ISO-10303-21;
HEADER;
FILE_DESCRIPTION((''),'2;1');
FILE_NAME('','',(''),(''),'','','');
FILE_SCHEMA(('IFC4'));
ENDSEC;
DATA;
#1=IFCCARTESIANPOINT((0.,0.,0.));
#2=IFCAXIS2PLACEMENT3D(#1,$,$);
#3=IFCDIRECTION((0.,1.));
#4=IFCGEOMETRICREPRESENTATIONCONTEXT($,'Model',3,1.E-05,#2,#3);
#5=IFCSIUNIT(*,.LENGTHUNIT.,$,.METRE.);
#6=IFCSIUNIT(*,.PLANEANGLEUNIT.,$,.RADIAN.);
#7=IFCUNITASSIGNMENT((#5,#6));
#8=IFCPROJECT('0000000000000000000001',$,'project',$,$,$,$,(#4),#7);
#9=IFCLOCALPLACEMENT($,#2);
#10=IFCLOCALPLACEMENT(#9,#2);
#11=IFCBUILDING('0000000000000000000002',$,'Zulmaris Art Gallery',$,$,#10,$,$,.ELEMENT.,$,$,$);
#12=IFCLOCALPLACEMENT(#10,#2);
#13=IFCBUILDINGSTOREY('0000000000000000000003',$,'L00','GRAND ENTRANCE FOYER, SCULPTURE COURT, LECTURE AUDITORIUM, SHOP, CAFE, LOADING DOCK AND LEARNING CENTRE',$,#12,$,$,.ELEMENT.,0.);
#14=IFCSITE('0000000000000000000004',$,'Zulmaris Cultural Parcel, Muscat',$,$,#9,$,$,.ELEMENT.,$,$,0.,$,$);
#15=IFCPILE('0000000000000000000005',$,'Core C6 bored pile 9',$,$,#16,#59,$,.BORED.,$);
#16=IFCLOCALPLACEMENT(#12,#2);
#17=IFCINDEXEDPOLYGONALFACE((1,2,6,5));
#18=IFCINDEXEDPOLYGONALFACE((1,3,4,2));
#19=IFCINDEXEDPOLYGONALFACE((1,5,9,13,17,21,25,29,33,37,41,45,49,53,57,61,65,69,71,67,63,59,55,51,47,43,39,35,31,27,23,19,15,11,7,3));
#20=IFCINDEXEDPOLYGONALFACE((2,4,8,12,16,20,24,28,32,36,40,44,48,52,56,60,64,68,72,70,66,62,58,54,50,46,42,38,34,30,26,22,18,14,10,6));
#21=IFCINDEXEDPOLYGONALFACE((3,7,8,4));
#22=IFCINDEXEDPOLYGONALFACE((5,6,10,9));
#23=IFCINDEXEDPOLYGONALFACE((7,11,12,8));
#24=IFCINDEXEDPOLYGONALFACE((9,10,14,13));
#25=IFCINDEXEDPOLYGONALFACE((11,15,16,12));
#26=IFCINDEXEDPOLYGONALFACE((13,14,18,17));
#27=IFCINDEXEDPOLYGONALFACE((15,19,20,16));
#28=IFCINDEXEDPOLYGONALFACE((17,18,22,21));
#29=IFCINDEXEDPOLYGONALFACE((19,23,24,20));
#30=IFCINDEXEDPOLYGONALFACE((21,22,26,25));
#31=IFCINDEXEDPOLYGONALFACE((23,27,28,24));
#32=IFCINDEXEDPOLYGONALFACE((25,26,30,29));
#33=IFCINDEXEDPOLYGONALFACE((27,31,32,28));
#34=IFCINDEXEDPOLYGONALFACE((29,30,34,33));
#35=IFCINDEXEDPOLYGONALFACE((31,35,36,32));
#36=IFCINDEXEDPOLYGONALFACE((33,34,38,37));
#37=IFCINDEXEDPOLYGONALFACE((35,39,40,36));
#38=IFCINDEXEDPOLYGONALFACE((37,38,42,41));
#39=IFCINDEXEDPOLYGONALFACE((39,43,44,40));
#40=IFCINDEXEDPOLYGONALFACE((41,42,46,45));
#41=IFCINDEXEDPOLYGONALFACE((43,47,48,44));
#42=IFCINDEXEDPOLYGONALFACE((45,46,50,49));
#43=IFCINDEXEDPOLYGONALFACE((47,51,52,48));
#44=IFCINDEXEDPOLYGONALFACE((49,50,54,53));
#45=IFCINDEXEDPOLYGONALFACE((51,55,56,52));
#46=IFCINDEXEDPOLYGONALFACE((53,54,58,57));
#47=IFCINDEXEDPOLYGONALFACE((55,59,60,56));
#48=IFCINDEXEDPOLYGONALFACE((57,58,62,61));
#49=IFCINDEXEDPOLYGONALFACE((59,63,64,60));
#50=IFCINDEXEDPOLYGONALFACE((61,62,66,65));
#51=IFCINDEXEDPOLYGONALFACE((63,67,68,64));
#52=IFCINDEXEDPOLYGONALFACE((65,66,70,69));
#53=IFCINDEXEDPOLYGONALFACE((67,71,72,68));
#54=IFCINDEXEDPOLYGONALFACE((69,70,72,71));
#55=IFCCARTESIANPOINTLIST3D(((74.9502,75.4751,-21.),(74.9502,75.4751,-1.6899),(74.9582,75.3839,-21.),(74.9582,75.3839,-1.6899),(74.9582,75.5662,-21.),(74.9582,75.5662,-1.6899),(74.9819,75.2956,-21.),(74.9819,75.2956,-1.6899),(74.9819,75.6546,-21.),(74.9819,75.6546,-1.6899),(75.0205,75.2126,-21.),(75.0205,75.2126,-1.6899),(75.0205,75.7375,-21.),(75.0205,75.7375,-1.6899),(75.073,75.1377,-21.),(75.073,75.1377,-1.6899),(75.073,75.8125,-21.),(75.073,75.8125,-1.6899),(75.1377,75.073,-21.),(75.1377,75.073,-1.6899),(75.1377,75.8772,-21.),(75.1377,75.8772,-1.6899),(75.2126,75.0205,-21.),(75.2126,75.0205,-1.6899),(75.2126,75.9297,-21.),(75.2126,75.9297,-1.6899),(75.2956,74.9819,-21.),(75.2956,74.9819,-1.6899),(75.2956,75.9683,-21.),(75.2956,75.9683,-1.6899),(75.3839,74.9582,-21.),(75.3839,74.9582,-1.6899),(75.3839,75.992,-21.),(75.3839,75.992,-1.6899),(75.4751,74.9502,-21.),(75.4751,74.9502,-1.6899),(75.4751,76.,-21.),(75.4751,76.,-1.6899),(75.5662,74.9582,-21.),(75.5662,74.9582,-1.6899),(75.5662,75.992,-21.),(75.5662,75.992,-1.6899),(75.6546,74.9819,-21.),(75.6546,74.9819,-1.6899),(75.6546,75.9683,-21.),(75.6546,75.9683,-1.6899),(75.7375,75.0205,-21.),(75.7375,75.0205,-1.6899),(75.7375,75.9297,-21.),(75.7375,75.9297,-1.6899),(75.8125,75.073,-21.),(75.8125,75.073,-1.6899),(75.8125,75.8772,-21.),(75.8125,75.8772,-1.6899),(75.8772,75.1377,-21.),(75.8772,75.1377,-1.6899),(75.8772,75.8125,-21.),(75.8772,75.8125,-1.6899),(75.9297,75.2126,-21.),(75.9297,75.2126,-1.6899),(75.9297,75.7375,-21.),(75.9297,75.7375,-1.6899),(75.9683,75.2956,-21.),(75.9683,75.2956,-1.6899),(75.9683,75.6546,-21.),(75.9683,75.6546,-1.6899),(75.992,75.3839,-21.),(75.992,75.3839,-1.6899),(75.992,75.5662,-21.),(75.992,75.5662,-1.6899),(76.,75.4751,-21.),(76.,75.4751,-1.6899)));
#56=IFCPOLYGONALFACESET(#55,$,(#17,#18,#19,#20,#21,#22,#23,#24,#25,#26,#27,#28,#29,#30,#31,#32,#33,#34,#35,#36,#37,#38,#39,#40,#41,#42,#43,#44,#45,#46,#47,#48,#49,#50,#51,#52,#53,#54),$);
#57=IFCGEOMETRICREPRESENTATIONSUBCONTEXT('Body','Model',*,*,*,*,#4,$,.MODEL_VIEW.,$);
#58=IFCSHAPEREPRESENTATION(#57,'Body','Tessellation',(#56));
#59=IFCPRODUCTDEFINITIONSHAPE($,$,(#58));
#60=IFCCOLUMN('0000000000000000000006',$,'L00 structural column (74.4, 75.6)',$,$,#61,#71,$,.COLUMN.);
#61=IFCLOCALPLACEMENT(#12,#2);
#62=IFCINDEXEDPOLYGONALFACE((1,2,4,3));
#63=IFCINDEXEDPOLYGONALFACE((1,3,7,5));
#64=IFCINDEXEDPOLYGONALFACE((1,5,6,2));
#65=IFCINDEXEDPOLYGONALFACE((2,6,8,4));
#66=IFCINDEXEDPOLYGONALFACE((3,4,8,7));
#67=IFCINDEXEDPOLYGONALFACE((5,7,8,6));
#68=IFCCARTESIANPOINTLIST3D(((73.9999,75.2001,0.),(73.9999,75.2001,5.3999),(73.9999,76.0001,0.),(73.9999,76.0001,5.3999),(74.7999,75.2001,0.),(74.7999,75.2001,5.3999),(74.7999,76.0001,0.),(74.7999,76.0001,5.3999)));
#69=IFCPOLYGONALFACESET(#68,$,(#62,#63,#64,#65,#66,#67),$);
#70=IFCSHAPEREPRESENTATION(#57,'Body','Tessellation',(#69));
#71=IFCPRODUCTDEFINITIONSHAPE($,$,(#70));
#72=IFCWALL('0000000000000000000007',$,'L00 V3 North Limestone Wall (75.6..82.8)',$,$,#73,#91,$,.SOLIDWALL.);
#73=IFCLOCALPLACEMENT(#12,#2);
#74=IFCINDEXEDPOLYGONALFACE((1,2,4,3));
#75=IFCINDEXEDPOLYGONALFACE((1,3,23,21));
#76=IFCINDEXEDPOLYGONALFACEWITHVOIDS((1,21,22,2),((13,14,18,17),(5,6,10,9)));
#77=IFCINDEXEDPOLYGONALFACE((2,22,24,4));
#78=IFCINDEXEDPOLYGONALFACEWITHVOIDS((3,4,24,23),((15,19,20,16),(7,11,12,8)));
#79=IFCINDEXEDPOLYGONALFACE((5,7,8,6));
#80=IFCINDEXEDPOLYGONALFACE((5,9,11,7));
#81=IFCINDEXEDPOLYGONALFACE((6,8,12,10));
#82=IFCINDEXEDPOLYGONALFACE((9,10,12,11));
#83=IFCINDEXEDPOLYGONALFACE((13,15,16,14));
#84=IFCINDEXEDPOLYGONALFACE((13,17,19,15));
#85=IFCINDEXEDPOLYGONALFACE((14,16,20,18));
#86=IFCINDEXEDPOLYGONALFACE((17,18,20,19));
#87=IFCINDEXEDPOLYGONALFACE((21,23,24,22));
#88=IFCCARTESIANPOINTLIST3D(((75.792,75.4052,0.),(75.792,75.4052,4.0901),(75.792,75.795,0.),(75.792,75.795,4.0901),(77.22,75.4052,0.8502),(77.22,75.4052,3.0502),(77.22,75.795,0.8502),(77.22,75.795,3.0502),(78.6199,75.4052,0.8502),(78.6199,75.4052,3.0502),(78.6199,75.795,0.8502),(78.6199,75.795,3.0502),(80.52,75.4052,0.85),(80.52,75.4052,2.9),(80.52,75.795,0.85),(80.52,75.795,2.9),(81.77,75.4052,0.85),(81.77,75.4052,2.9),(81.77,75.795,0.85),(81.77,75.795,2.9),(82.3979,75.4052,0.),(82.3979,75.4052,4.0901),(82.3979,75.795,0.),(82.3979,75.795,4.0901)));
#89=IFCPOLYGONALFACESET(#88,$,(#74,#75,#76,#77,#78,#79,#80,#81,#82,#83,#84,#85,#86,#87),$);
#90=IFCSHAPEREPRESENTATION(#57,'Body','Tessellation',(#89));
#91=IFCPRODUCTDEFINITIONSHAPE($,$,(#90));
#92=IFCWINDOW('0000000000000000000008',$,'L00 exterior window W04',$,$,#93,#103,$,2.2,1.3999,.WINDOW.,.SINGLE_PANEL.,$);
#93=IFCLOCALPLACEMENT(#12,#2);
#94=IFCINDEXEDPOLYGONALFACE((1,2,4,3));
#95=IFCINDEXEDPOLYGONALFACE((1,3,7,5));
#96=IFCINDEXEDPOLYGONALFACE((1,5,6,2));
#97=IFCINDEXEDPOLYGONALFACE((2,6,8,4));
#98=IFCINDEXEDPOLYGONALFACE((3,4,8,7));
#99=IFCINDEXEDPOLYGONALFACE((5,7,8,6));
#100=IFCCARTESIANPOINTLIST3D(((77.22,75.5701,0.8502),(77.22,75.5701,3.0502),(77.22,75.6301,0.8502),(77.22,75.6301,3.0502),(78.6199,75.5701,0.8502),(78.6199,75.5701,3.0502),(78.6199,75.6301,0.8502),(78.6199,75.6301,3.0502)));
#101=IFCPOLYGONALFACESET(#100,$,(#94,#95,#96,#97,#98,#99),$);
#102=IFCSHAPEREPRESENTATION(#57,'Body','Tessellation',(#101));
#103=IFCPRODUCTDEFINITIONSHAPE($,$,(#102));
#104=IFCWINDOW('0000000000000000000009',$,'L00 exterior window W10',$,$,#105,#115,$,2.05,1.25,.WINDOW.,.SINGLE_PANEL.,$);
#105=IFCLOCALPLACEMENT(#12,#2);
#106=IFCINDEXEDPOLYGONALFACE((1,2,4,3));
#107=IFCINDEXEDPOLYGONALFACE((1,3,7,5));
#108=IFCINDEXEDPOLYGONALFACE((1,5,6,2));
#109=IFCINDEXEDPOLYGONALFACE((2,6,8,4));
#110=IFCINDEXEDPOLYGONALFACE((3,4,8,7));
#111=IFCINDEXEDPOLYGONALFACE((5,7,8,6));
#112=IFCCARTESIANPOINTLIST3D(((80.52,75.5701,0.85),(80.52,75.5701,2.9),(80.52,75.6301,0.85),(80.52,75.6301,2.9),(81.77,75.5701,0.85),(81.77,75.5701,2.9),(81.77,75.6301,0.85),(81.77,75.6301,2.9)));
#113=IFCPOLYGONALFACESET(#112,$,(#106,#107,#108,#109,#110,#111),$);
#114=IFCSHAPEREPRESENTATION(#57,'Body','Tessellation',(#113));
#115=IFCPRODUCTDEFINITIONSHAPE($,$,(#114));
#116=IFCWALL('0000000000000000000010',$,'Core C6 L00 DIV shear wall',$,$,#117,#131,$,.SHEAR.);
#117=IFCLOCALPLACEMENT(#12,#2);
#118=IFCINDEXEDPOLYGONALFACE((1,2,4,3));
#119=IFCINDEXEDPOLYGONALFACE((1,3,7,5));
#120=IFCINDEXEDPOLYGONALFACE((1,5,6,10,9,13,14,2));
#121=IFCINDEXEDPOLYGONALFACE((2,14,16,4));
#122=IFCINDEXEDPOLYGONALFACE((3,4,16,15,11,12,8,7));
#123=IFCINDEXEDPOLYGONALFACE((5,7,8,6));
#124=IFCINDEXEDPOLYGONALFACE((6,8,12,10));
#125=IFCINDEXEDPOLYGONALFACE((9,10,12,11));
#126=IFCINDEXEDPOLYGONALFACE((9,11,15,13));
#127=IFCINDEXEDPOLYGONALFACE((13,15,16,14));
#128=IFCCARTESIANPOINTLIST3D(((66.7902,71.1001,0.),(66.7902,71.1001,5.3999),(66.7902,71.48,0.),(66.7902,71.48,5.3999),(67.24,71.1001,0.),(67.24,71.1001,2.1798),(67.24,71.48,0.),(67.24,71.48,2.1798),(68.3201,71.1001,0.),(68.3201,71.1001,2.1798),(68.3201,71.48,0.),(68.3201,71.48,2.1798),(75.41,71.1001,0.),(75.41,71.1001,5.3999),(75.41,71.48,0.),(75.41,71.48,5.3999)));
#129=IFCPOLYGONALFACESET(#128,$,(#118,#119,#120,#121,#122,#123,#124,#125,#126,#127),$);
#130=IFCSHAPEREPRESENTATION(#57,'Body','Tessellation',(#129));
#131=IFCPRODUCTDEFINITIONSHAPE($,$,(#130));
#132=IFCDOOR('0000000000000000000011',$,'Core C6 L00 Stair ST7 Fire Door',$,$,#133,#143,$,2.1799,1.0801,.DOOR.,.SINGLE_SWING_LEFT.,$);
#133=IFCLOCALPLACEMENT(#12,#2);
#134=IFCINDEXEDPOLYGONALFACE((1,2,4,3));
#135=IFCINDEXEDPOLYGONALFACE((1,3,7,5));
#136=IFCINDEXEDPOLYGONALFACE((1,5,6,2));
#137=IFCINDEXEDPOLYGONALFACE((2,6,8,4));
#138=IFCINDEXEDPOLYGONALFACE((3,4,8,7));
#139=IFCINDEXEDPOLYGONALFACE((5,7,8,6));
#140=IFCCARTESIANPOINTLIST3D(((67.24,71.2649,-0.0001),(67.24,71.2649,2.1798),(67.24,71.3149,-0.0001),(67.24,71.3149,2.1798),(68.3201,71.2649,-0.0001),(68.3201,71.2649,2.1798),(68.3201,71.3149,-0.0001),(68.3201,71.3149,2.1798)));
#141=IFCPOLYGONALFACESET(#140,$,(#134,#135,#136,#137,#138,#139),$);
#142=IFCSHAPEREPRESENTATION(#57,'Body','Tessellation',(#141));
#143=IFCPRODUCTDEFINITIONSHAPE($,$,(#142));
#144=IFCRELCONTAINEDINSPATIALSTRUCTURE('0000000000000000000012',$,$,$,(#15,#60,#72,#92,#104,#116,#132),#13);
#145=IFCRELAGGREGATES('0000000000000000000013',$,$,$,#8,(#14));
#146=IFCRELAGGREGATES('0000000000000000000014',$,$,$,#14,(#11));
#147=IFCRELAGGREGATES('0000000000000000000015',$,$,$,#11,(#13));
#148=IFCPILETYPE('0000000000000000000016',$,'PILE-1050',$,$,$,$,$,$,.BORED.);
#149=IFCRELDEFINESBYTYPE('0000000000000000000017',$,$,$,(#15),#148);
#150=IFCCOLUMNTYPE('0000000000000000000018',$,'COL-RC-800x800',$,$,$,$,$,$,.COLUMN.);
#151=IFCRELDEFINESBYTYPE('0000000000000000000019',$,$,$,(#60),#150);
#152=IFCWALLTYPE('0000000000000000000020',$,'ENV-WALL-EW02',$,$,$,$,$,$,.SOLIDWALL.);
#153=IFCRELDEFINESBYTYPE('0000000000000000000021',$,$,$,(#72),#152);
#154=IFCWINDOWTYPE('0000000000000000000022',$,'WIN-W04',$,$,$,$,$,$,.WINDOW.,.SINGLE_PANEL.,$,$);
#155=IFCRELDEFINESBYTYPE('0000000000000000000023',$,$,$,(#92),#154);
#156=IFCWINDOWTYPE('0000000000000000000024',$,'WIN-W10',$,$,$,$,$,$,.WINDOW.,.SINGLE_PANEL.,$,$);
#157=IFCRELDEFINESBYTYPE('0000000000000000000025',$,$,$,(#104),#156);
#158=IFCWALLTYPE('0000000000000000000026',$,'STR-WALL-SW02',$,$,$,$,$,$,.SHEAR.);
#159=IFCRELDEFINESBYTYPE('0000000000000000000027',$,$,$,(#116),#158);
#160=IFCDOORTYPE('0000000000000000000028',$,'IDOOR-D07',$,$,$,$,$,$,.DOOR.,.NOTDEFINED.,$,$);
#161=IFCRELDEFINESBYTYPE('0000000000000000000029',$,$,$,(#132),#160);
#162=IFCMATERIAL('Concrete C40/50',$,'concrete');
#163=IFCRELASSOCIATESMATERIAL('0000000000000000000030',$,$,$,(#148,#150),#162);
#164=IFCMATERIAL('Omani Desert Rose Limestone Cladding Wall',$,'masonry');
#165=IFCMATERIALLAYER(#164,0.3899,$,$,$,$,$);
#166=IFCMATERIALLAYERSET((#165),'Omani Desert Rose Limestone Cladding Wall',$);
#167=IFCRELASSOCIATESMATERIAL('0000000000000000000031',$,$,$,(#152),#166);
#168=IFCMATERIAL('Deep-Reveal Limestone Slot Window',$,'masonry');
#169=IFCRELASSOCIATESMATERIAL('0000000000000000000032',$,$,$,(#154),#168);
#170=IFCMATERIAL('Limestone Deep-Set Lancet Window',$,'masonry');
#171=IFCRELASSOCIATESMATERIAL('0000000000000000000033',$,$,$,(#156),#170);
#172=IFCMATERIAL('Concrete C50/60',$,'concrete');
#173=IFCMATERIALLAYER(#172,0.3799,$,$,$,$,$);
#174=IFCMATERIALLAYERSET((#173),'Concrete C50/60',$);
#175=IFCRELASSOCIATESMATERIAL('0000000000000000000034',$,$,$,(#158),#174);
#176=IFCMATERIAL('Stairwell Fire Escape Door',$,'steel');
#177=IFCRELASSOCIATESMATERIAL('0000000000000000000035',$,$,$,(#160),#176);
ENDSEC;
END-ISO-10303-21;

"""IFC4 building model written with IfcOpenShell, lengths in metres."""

from ifc_helpers import new_model, si_unit, direction, frame, frame_2d, origin, origin_2d, place, context, subcontext, project, spatial, rectangle, circle, extrude, material, layer, layer_set, material_profile, profile_set, type_object, element, fill, save


model = new_model("IFC4")

# Units and contexts
model_context = context("Model", 3, precision=1e-05, world=origin(), true_north=direction((0.0, 1.0)))
body_context = subcontext(model_context, "Body", "Model", "MODEL_VIEW")
ifc_project = project(units=[si_unit("LENGTHUNIT", "METRE"), si_unit("PLANEANGLEUNIT", "RADIAN")], contexts=[model_context])

# Site, building, storey
site_placement = place(None, origin())
site = spatial("IfcSite", under=ifc_project, at=site_placement, Name="Zulmaris Cultural Parcel, Muscat", CompositionType="ELEMENT", RefElevation=0.0)
building_placement = place(site_placement, origin())
building = spatial("IfcBuilding", under=site, at=building_placement, Name="Zulmaris Art Gallery", CompositionType="ELEMENT")
storey_placement = place(building_placement, origin())
storey = spatial("IfcBuildingStorey", under=building, at=storey_placement, Name="L00", Description="GRAND ENTRANCE FOYER, SCULPTURE COURT, LECTURE AUDITORIUM, SHOP, CAFE, LOADING DOCK AND LEARNING CENTRE", CompositionType="ELEMENT", Elevation=0.0)

# Pile
ifc_material_1 = material(Name="Concrete C40/50", Category="concrete")
ifc_material_profile_1 = material_profile(ifc_material_1, circle(Radius=0.5249, at=origin_2d()), Name="PILE DIA 1050")
ifc_profile_set_1 = profile_set([ifc_material_profile_1], Name="Concrete C40/50")
pile_type = type_object("IfcPileType", Name="PILE-1050", PredefinedType="BORED", material=ifc_profile_set_1)
for number, where, z_axis, x_axis, name in (
    (1, (75.4751, 75.4751, -1.6899), (0.0, 0.0, -1.0), (1.0, 0.0, 0.0), "Core C6 bored pile 9"),
):
    element("IfcPile", number, at=place(storey_placement, frame(where, z_axis=z_axis, x_axis=x_axis)), inside=storey, type_object=pile_type, Name=name, PredefinedType="BORED", context=body_context, shape_type="SweptSolid", body=[
        extrude(circle(Radius=0.5249, at=origin_2d()), origin(), (0.0, 0.0, 1.0), 19.3101),
    ])

# Column
ifc_material_profile_2 = material_profile(ifc_material_1, rectangle(XDim=0.8, YDim=0.8, at=origin_2d()), Name="RC 800x800")
ifc_profile_set_2 = profile_set([ifc_material_profile_2], Name="Concrete C40/50")
column_type = type_object("IfcColumnType", Name="COL-RC-800x800", PredefinedType="COLUMN", material=ifc_profile_set_2)
column_placement = place(storey_placement, frame((74.3999, 75.6001, 0.0), z_axis=(0.0, 0.0, 1.0), x_axis=(1.0, 0.0, 0.0)))
element("IfcColumn", 2, at=column_placement, inside=storey, type_object=column_type, Name="L00 structural column (74.4, 75.6)", PredefinedType="COLUMN", context=body_context, shape_type="SweptSolid", body=[
    extrude(rectangle(XDim=0.8, YDim=0.8, at=origin_2d()), origin(), (0.0, 0.0, 1.0), 5.3999),
])

# Wall, openings, windows
ifc_material_2 = material(Name="Omani Desert Rose Limestone Cladding Wall", Category="masonry")
ifc_layer_1 = layer(ifc_material_2, 0.3899)
ifc_layer_set_1 = layer_set([ifc_layer_1], Name="Omani Desert Rose Limestone Cladding Wall")
wall_type_1 = type_object("IfcWallType", Name="ENV-WALL-EW02", PredefinedType="SOLIDWALL", material=ifc_layer_set_1)
wall_1_placement = place(storey_placement, frame((75.792, 75.6001, 0.0), z_axis=(0.0, 0.0, 1.0), x_axis=(1.0, 0.0, 0.0)))
wall_1 = element("IfcWall", 3, at=wall_1_placement, inside=storey, type_object=wall_type_1, Name="L00 V3 North Limestone Wall (75.6..82.8)", PredefinedType="SOLIDWALL", context=body_context, shape_type="SweptSolid", body=[
    extrude(rectangle(XDim=6.606, YDim=0.3899, at=frame_2d((3.303, 0.0))), origin(), (0.0, 0.0, 1.0), 4.0901),
])
opening_1_placement = place(wall_1_placement, frame((1.428, 0.0, 0.8501)))
opening_1 = element("IfcOpeningElement", 4, at=opening_1_placement, cuts=wall_1, PredefinedType="OPENING", context=body_context, shape_type="SweptSolid", body=[
    extrude(rectangle(XDim=1.3999, YDim=2.2, at=frame_2d((0.7, 1.1001))), frame((0.0, 0.2048, 0.0), z_axis=(0.0, -1.0, 0.0), x_axis=(1.0, 0.0, 0.0)), (0.0, 0.0, 1.0), 0.4099),
])
opening_2_placement = place(wall_1_placement, frame((4.728, 0.0, 0.8501)))
opening_2 = element("IfcOpeningElement", 5, at=opening_2_placement, cuts=wall_1, PredefinedType="OPENING", context=body_context, shape_type="SweptSolid", body=[
    extrude(rectangle(XDim=1.25, YDim=2.05, at=frame_2d((0.625, 1.0249))), frame((0.0, 0.2048, 0.0), z_axis=(0.0, -1.0, 0.0), x_axis=(1.0, 0.0, 0.0)), (0.0, 0.0, 1.0), 0.4099),
])
ifc_material_3 = material(Name="Deep-Reveal Limestone Slot Window", Category="masonry")
window_type_1 = type_object("IfcWindowType", Name="WIN-W04", PartitioningType="SINGLE_PANEL", PredefinedType="WINDOW", material=ifc_material_3)
window_1_placement = place(opening_1_placement, origin())
window_1 = element("IfcWindow", 6, at=window_1_placement, inside=storey, type_object=window_type_1, Name="L00 exterior window W04", OverallHeight=2.2, OverallWidth=1.3999, PartitioningType="SINGLE_PANEL", PredefinedType="WINDOW", context=body_context, shape_type="SweptSolid", body=[
    extrude(rectangle(XDim=1.3999, YDim=2.2, at=frame_2d((0.7, 1.1001))), frame((0.0, 0.03, 0.0), z_axis=(0.0, -1.0, 0.0), x_axis=(1.0, 0.0, 0.0)), (0.0, 0.0, 1.0), 0.0601),
])
fill(opening_1, window_1)
ifc_material_4 = material(Name="Limestone Deep-Set Lancet Window", Category="masonry")
window_type_2 = type_object("IfcWindowType", Name="WIN-W10", PartitioningType="SINGLE_PANEL", PredefinedType="WINDOW", material=ifc_material_4)
window_2_placement = place(opening_2_placement, origin())
window_2 = element("IfcWindow", 7, at=window_2_placement, inside=storey, type_object=window_type_2, Name="L00 exterior window W10", OverallHeight=2.05, OverallWidth=1.25, PartitioningType="SINGLE_PANEL", PredefinedType="WINDOW", context=body_context, shape_type="SweptSolid", body=[
    extrude(rectangle(XDim=1.25, YDim=2.05, at=frame_2d((0.625, 1.0249))), frame((0.0, 0.03, 0.0), z_axis=(0.0, -1.0, 0.0), x_axis=(1.0, 0.0, 0.0)), (0.0, 0.0, 1.0), 0.0601),
])
fill(opening_2, window_2)

# Wall, opening, door
ifc_material_5 = material(Name="Concrete C50/60", Category="concrete")
ifc_layer_2 = layer(ifc_material_5, 0.3799)
ifc_layer_set_2 = layer_set([ifc_layer_2], Name="Concrete C50/60")
wall_type_2 = type_object("IfcWallType", Name="STR-WALL-SW02", PredefinedType="SHEAR", material=ifc_layer_set_2)
wall_2_placement = place(storey_placement, frame((66.79, 71.29, 0.0), z_axis=(0.0, 0.0, 1.0), x_axis=(1.0, 0.0, 0.0)))
wall_2 = element("IfcWall", 8, at=wall_2_placement, inside=storey, type_object=wall_type_2, Name="Core C6 L00 DIV shear wall", PredefinedType="SHEAR", context=body_context, shape_type="SweptSolid", body=[
    extrude(rectangle(XDim=8.6199, YDim=0.3799, at=frame_2d((4.3101, 0.0))), origin(), (0.0, 0.0, 1.0), 5.3999),
])
opening_3_placement = place(wall_2_placement, frame((0.45, 0.0, 0.0)))
opening_3 = element("IfcOpeningElement", 9, at=opening_3_placement, cuts=wall_2, PredefinedType="OPENING", context=body_context, shape_type="SweptSolid", body=[
    extrude(rectangle(XDim=1.0801, YDim=2.1799, at=frame_2d((0.54, 1.0898))), frame((0.0, 0.2, 0.0), z_axis=(0.0, -1.0, 0.0), x_axis=(1.0, 0.0, 0.0)), (0.0, 0.0, 1.0), 0.3999),
])
ifc_material_6 = material(Name="Stairwell Fire Escape Door", Category="steel")
door_type = type_object("IfcDoorType", Name="IDOOR-D07", OperationType="NOTDEFINED", PredefinedType="DOOR", material=ifc_material_6)
door_placement = place(opening_3_placement, origin())
door = element("IfcDoor", 10, at=door_placement, inside=storey, type_object=door_type, Name="Core C6 L00 Stair ST7 Fire Door", OperationType="SINGLE_SWING_LEFT", OverallHeight=2.1799, OverallWidth=1.0801, PredefinedType="DOOR", context=body_context, shape_type="SweptSolid", body=[
    extrude(rectangle(XDim=1.0801, YDim=2.1799, at=frame_2d((0.54, 1.0898))), frame((0.0, 0.0249, 0.0), z_axis=(0.0, -1.0, 0.0), x_axis=(1.0, 0.0, 0.0)), (0.0, 0.0, 1.0), 0.05),
])
fill(opening_3, door)

save(model, "model.ifc")
